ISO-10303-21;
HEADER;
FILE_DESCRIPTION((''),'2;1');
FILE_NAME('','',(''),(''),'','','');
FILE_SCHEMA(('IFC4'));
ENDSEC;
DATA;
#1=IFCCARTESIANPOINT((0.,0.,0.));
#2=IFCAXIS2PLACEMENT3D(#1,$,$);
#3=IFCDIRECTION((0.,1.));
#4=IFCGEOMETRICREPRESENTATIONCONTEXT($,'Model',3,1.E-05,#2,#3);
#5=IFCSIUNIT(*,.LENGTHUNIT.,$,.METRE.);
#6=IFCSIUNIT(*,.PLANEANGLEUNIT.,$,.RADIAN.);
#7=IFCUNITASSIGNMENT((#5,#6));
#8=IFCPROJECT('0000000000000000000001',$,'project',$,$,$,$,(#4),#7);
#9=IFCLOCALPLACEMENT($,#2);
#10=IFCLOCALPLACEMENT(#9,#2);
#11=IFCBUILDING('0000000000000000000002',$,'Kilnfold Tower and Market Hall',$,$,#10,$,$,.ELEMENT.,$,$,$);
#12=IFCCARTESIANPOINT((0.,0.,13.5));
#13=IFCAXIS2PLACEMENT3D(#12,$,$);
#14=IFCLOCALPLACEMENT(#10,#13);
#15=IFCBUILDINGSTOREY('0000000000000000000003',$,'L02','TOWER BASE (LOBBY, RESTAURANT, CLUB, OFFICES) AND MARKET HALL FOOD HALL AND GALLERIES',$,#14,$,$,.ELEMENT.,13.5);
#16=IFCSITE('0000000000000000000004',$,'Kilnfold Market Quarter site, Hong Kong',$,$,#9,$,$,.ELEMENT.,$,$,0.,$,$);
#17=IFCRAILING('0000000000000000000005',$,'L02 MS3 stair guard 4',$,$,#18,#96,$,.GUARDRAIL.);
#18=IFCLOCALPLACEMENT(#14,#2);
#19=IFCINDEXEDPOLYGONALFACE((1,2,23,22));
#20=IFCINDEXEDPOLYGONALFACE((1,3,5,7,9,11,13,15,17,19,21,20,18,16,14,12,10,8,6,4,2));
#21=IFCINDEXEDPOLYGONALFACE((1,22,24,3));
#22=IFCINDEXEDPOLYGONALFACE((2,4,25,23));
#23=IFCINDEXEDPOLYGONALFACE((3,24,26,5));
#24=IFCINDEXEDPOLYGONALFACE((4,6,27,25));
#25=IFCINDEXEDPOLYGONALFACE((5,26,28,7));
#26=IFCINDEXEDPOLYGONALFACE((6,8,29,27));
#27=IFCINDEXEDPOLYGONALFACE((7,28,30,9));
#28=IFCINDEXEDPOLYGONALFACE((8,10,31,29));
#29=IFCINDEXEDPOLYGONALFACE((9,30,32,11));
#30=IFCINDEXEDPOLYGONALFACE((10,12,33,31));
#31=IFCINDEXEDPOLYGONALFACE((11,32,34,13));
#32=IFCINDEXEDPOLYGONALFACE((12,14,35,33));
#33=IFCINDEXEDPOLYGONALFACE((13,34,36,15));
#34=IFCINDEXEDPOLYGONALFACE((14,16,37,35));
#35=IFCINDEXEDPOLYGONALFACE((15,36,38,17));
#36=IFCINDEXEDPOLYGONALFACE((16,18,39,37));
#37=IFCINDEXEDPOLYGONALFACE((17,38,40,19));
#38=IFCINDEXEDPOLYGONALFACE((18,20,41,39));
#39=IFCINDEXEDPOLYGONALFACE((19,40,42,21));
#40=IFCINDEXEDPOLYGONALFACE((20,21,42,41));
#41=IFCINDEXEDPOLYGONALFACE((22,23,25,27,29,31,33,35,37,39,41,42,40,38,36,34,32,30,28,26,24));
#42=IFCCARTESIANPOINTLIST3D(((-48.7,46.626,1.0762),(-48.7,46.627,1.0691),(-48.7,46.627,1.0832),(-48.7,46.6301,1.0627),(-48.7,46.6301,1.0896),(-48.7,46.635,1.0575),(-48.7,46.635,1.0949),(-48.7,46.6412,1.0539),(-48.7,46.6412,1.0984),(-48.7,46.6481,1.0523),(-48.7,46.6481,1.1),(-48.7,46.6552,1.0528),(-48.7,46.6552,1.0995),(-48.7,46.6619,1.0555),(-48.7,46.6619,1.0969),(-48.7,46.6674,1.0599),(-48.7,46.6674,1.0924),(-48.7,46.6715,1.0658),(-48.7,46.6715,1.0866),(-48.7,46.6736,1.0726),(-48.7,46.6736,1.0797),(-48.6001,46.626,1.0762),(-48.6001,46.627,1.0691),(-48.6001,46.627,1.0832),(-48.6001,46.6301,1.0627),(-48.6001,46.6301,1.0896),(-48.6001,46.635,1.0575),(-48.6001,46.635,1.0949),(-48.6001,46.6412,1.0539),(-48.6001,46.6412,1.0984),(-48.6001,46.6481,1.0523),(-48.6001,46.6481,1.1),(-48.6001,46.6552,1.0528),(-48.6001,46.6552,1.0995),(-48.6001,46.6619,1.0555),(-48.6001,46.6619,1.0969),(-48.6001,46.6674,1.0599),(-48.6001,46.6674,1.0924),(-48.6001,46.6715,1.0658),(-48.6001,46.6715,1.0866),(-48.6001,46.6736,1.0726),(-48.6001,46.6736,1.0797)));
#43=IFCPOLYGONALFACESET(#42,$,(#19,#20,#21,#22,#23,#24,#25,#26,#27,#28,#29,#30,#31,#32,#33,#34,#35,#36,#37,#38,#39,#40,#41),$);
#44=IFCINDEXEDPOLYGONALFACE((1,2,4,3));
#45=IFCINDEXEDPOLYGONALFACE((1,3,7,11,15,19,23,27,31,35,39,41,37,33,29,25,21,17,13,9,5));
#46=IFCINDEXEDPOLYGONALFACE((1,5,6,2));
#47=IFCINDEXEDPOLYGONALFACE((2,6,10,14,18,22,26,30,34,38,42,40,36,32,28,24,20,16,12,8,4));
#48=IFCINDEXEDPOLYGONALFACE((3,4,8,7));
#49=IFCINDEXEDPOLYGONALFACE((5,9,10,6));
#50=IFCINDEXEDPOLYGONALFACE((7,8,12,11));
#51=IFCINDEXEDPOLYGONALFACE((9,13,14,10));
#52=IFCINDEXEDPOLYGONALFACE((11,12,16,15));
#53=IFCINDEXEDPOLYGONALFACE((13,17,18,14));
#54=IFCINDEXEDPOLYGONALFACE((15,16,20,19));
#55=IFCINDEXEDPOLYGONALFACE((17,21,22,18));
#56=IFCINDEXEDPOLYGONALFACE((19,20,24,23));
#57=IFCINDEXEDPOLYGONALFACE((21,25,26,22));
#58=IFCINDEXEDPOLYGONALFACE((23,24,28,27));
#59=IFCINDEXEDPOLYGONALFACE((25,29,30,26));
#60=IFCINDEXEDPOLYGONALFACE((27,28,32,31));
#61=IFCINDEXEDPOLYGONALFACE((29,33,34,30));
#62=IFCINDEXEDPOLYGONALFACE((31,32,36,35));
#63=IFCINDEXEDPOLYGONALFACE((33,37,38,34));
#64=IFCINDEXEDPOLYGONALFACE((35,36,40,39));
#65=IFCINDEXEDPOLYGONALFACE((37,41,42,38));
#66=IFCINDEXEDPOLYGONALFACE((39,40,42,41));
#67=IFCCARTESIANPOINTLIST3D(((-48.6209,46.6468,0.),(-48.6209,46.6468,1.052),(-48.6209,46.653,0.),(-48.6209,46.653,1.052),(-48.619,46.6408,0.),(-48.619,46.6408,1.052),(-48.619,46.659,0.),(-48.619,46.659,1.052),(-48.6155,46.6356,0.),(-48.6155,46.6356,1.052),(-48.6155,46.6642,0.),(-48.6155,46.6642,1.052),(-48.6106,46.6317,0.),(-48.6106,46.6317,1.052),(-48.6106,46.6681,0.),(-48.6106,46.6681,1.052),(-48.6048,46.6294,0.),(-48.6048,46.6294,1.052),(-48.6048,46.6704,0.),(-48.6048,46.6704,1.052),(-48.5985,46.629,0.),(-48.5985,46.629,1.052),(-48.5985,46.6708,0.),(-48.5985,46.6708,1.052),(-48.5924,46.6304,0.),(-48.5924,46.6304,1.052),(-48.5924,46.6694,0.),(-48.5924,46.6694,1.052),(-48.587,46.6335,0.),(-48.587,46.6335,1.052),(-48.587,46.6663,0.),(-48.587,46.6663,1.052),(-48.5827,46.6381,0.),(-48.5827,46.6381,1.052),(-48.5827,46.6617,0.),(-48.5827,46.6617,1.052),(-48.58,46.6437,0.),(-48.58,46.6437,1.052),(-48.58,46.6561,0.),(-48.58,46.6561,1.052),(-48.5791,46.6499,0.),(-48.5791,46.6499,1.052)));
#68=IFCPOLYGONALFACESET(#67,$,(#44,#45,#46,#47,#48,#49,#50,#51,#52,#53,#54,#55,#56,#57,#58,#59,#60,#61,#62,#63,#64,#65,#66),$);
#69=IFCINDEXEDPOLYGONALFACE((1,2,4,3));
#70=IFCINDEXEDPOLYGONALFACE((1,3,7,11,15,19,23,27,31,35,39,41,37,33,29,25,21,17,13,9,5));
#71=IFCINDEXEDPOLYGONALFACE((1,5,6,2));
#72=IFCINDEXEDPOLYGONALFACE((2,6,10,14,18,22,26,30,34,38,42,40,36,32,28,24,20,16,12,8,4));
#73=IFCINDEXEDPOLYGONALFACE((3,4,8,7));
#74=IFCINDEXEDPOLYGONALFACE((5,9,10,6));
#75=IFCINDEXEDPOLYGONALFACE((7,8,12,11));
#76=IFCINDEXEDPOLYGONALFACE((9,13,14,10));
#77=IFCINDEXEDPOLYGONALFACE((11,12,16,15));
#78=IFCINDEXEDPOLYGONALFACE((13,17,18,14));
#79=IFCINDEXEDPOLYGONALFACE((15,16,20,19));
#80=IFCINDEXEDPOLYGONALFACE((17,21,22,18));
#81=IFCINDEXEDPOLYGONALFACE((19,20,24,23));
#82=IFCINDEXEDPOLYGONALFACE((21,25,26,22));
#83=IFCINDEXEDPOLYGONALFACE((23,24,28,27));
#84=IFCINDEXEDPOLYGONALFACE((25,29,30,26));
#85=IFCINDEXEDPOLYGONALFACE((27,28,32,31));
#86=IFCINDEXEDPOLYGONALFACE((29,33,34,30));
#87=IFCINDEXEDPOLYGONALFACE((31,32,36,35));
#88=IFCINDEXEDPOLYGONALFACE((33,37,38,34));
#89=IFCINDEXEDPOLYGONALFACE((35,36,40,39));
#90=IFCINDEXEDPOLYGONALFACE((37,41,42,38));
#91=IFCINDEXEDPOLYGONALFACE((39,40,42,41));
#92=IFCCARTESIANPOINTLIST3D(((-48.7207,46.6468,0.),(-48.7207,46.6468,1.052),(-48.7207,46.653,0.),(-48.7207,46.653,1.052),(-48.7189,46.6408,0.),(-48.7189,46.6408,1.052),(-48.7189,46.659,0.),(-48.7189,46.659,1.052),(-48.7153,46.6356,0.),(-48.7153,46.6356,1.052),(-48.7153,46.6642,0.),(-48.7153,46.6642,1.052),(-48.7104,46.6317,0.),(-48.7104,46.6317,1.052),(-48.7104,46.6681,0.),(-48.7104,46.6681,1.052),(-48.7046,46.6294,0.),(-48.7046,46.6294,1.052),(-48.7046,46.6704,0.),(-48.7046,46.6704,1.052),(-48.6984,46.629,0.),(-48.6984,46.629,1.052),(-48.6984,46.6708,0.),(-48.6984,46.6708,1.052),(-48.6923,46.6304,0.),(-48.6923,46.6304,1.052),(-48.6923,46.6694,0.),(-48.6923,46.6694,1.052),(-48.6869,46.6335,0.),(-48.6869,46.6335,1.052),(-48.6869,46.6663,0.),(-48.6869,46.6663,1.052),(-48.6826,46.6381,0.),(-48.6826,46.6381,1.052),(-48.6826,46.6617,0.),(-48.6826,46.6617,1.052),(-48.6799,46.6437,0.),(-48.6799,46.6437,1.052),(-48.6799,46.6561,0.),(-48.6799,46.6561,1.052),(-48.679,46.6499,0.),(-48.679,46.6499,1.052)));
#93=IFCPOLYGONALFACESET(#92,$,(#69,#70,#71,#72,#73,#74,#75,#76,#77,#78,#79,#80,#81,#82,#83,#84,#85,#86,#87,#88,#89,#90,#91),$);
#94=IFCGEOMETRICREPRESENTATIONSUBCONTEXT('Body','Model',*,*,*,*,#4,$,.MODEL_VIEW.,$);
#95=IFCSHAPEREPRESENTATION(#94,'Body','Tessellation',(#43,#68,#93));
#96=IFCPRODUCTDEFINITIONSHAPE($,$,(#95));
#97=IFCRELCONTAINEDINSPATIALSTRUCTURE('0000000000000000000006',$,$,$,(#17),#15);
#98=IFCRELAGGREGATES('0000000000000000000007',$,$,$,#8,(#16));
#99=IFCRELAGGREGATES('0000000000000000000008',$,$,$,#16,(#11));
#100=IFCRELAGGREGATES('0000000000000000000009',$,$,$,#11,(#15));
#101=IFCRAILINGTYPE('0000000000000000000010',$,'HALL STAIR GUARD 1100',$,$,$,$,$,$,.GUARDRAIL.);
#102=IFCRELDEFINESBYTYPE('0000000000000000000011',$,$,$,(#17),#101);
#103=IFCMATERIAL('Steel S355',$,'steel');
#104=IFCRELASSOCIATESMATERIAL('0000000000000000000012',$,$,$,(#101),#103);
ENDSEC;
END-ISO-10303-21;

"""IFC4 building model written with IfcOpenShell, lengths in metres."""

from ifc_helpers import new_model, si_unit, direction, frame, origin, origin_2d, place, context, subcontext, project, spatial, circle, extrude, material, type_object, element, save


model = new_model("IFC4")

# Units and contexts
model_context = context("Model", 3, precision=1e-05, world=origin(), true_north=direction((0.0, 1.0)))
body_context = subcontext(model_context, "Body", "Model", "MODEL_VIEW")
ifc_project = project(units=[si_unit("LENGTHUNIT", "METRE"), si_unit("PLANEANGLEUNIT", "RADIAN")], contexts=[model_context])

# Site, building, storey
site_placement = place(None, origin())
site = spatial("IfcSite", under=ifc_project, at=site_placement, Name="Kilnfold Market Quarter site, Hong Kong", CompositionType="ELEMENT", RefElevation=0.0)
building_placement = place(site_placement, origin())
building = spatial("IfcBuilding", under=site, at=building_placement, Name="Kilnfold Tower and Market Hall", CompositionType="ELEMENT")
storey_placement = place(building_placement, frame((0.0, 0.0, 13.5)))
storey = spatial("IfcBuildingStorey", under=building, at=storey_placement, Name="L02", Description="TOWER BASE (LOBBY, RESTAURANT, CLUB, OFFICES) AND MARKET HALL FOOD HALL AND GALLERIES", CompositionType="ELEMENT", Elevation=13.5)

# Railing
ifc_material_1 = material(Name="Steel S355", Category="steel")
railing_type_1 = type_object("IfcRailingType", Name="HALL STAIR GUARD 1100", PredefinedType="GUARDRAIL", material=ifc_material_1)
railing_1_placement = place(storey_placement, frame((-48.6001, 46.6499, 0.0)))
element("IfcRailing", 1, at=railing_1_placement, inside=storey, type_object=railing_type_1, Name="L02 MS3 stair guard 4", PredefinedType="GUARDRAIL", context=body_context, shape_type="SweptSolid", body=[
    extrude(circle(Radius=0.0239, at=origin_2d()), frame((0.0, 0.0, 1.0762), z_axis=(-1.0, 0.0, 0.0), x_axis=(0.0, -1.0, 0.0)), (0.0, 0.0, 1.0), 0.0999),
    extrude(circle(Radius=0.021, at=origin_2d()), origin(), (0.0, 0.0, 1.0), 1.052),
    extrude(circle(Radius=0.021, at=origin_2d()), frame((-0.0999, 0.0, 0.0)), (0.0, 0.0, 1.0), 1.052),
])

save(model, "model.ifc")
